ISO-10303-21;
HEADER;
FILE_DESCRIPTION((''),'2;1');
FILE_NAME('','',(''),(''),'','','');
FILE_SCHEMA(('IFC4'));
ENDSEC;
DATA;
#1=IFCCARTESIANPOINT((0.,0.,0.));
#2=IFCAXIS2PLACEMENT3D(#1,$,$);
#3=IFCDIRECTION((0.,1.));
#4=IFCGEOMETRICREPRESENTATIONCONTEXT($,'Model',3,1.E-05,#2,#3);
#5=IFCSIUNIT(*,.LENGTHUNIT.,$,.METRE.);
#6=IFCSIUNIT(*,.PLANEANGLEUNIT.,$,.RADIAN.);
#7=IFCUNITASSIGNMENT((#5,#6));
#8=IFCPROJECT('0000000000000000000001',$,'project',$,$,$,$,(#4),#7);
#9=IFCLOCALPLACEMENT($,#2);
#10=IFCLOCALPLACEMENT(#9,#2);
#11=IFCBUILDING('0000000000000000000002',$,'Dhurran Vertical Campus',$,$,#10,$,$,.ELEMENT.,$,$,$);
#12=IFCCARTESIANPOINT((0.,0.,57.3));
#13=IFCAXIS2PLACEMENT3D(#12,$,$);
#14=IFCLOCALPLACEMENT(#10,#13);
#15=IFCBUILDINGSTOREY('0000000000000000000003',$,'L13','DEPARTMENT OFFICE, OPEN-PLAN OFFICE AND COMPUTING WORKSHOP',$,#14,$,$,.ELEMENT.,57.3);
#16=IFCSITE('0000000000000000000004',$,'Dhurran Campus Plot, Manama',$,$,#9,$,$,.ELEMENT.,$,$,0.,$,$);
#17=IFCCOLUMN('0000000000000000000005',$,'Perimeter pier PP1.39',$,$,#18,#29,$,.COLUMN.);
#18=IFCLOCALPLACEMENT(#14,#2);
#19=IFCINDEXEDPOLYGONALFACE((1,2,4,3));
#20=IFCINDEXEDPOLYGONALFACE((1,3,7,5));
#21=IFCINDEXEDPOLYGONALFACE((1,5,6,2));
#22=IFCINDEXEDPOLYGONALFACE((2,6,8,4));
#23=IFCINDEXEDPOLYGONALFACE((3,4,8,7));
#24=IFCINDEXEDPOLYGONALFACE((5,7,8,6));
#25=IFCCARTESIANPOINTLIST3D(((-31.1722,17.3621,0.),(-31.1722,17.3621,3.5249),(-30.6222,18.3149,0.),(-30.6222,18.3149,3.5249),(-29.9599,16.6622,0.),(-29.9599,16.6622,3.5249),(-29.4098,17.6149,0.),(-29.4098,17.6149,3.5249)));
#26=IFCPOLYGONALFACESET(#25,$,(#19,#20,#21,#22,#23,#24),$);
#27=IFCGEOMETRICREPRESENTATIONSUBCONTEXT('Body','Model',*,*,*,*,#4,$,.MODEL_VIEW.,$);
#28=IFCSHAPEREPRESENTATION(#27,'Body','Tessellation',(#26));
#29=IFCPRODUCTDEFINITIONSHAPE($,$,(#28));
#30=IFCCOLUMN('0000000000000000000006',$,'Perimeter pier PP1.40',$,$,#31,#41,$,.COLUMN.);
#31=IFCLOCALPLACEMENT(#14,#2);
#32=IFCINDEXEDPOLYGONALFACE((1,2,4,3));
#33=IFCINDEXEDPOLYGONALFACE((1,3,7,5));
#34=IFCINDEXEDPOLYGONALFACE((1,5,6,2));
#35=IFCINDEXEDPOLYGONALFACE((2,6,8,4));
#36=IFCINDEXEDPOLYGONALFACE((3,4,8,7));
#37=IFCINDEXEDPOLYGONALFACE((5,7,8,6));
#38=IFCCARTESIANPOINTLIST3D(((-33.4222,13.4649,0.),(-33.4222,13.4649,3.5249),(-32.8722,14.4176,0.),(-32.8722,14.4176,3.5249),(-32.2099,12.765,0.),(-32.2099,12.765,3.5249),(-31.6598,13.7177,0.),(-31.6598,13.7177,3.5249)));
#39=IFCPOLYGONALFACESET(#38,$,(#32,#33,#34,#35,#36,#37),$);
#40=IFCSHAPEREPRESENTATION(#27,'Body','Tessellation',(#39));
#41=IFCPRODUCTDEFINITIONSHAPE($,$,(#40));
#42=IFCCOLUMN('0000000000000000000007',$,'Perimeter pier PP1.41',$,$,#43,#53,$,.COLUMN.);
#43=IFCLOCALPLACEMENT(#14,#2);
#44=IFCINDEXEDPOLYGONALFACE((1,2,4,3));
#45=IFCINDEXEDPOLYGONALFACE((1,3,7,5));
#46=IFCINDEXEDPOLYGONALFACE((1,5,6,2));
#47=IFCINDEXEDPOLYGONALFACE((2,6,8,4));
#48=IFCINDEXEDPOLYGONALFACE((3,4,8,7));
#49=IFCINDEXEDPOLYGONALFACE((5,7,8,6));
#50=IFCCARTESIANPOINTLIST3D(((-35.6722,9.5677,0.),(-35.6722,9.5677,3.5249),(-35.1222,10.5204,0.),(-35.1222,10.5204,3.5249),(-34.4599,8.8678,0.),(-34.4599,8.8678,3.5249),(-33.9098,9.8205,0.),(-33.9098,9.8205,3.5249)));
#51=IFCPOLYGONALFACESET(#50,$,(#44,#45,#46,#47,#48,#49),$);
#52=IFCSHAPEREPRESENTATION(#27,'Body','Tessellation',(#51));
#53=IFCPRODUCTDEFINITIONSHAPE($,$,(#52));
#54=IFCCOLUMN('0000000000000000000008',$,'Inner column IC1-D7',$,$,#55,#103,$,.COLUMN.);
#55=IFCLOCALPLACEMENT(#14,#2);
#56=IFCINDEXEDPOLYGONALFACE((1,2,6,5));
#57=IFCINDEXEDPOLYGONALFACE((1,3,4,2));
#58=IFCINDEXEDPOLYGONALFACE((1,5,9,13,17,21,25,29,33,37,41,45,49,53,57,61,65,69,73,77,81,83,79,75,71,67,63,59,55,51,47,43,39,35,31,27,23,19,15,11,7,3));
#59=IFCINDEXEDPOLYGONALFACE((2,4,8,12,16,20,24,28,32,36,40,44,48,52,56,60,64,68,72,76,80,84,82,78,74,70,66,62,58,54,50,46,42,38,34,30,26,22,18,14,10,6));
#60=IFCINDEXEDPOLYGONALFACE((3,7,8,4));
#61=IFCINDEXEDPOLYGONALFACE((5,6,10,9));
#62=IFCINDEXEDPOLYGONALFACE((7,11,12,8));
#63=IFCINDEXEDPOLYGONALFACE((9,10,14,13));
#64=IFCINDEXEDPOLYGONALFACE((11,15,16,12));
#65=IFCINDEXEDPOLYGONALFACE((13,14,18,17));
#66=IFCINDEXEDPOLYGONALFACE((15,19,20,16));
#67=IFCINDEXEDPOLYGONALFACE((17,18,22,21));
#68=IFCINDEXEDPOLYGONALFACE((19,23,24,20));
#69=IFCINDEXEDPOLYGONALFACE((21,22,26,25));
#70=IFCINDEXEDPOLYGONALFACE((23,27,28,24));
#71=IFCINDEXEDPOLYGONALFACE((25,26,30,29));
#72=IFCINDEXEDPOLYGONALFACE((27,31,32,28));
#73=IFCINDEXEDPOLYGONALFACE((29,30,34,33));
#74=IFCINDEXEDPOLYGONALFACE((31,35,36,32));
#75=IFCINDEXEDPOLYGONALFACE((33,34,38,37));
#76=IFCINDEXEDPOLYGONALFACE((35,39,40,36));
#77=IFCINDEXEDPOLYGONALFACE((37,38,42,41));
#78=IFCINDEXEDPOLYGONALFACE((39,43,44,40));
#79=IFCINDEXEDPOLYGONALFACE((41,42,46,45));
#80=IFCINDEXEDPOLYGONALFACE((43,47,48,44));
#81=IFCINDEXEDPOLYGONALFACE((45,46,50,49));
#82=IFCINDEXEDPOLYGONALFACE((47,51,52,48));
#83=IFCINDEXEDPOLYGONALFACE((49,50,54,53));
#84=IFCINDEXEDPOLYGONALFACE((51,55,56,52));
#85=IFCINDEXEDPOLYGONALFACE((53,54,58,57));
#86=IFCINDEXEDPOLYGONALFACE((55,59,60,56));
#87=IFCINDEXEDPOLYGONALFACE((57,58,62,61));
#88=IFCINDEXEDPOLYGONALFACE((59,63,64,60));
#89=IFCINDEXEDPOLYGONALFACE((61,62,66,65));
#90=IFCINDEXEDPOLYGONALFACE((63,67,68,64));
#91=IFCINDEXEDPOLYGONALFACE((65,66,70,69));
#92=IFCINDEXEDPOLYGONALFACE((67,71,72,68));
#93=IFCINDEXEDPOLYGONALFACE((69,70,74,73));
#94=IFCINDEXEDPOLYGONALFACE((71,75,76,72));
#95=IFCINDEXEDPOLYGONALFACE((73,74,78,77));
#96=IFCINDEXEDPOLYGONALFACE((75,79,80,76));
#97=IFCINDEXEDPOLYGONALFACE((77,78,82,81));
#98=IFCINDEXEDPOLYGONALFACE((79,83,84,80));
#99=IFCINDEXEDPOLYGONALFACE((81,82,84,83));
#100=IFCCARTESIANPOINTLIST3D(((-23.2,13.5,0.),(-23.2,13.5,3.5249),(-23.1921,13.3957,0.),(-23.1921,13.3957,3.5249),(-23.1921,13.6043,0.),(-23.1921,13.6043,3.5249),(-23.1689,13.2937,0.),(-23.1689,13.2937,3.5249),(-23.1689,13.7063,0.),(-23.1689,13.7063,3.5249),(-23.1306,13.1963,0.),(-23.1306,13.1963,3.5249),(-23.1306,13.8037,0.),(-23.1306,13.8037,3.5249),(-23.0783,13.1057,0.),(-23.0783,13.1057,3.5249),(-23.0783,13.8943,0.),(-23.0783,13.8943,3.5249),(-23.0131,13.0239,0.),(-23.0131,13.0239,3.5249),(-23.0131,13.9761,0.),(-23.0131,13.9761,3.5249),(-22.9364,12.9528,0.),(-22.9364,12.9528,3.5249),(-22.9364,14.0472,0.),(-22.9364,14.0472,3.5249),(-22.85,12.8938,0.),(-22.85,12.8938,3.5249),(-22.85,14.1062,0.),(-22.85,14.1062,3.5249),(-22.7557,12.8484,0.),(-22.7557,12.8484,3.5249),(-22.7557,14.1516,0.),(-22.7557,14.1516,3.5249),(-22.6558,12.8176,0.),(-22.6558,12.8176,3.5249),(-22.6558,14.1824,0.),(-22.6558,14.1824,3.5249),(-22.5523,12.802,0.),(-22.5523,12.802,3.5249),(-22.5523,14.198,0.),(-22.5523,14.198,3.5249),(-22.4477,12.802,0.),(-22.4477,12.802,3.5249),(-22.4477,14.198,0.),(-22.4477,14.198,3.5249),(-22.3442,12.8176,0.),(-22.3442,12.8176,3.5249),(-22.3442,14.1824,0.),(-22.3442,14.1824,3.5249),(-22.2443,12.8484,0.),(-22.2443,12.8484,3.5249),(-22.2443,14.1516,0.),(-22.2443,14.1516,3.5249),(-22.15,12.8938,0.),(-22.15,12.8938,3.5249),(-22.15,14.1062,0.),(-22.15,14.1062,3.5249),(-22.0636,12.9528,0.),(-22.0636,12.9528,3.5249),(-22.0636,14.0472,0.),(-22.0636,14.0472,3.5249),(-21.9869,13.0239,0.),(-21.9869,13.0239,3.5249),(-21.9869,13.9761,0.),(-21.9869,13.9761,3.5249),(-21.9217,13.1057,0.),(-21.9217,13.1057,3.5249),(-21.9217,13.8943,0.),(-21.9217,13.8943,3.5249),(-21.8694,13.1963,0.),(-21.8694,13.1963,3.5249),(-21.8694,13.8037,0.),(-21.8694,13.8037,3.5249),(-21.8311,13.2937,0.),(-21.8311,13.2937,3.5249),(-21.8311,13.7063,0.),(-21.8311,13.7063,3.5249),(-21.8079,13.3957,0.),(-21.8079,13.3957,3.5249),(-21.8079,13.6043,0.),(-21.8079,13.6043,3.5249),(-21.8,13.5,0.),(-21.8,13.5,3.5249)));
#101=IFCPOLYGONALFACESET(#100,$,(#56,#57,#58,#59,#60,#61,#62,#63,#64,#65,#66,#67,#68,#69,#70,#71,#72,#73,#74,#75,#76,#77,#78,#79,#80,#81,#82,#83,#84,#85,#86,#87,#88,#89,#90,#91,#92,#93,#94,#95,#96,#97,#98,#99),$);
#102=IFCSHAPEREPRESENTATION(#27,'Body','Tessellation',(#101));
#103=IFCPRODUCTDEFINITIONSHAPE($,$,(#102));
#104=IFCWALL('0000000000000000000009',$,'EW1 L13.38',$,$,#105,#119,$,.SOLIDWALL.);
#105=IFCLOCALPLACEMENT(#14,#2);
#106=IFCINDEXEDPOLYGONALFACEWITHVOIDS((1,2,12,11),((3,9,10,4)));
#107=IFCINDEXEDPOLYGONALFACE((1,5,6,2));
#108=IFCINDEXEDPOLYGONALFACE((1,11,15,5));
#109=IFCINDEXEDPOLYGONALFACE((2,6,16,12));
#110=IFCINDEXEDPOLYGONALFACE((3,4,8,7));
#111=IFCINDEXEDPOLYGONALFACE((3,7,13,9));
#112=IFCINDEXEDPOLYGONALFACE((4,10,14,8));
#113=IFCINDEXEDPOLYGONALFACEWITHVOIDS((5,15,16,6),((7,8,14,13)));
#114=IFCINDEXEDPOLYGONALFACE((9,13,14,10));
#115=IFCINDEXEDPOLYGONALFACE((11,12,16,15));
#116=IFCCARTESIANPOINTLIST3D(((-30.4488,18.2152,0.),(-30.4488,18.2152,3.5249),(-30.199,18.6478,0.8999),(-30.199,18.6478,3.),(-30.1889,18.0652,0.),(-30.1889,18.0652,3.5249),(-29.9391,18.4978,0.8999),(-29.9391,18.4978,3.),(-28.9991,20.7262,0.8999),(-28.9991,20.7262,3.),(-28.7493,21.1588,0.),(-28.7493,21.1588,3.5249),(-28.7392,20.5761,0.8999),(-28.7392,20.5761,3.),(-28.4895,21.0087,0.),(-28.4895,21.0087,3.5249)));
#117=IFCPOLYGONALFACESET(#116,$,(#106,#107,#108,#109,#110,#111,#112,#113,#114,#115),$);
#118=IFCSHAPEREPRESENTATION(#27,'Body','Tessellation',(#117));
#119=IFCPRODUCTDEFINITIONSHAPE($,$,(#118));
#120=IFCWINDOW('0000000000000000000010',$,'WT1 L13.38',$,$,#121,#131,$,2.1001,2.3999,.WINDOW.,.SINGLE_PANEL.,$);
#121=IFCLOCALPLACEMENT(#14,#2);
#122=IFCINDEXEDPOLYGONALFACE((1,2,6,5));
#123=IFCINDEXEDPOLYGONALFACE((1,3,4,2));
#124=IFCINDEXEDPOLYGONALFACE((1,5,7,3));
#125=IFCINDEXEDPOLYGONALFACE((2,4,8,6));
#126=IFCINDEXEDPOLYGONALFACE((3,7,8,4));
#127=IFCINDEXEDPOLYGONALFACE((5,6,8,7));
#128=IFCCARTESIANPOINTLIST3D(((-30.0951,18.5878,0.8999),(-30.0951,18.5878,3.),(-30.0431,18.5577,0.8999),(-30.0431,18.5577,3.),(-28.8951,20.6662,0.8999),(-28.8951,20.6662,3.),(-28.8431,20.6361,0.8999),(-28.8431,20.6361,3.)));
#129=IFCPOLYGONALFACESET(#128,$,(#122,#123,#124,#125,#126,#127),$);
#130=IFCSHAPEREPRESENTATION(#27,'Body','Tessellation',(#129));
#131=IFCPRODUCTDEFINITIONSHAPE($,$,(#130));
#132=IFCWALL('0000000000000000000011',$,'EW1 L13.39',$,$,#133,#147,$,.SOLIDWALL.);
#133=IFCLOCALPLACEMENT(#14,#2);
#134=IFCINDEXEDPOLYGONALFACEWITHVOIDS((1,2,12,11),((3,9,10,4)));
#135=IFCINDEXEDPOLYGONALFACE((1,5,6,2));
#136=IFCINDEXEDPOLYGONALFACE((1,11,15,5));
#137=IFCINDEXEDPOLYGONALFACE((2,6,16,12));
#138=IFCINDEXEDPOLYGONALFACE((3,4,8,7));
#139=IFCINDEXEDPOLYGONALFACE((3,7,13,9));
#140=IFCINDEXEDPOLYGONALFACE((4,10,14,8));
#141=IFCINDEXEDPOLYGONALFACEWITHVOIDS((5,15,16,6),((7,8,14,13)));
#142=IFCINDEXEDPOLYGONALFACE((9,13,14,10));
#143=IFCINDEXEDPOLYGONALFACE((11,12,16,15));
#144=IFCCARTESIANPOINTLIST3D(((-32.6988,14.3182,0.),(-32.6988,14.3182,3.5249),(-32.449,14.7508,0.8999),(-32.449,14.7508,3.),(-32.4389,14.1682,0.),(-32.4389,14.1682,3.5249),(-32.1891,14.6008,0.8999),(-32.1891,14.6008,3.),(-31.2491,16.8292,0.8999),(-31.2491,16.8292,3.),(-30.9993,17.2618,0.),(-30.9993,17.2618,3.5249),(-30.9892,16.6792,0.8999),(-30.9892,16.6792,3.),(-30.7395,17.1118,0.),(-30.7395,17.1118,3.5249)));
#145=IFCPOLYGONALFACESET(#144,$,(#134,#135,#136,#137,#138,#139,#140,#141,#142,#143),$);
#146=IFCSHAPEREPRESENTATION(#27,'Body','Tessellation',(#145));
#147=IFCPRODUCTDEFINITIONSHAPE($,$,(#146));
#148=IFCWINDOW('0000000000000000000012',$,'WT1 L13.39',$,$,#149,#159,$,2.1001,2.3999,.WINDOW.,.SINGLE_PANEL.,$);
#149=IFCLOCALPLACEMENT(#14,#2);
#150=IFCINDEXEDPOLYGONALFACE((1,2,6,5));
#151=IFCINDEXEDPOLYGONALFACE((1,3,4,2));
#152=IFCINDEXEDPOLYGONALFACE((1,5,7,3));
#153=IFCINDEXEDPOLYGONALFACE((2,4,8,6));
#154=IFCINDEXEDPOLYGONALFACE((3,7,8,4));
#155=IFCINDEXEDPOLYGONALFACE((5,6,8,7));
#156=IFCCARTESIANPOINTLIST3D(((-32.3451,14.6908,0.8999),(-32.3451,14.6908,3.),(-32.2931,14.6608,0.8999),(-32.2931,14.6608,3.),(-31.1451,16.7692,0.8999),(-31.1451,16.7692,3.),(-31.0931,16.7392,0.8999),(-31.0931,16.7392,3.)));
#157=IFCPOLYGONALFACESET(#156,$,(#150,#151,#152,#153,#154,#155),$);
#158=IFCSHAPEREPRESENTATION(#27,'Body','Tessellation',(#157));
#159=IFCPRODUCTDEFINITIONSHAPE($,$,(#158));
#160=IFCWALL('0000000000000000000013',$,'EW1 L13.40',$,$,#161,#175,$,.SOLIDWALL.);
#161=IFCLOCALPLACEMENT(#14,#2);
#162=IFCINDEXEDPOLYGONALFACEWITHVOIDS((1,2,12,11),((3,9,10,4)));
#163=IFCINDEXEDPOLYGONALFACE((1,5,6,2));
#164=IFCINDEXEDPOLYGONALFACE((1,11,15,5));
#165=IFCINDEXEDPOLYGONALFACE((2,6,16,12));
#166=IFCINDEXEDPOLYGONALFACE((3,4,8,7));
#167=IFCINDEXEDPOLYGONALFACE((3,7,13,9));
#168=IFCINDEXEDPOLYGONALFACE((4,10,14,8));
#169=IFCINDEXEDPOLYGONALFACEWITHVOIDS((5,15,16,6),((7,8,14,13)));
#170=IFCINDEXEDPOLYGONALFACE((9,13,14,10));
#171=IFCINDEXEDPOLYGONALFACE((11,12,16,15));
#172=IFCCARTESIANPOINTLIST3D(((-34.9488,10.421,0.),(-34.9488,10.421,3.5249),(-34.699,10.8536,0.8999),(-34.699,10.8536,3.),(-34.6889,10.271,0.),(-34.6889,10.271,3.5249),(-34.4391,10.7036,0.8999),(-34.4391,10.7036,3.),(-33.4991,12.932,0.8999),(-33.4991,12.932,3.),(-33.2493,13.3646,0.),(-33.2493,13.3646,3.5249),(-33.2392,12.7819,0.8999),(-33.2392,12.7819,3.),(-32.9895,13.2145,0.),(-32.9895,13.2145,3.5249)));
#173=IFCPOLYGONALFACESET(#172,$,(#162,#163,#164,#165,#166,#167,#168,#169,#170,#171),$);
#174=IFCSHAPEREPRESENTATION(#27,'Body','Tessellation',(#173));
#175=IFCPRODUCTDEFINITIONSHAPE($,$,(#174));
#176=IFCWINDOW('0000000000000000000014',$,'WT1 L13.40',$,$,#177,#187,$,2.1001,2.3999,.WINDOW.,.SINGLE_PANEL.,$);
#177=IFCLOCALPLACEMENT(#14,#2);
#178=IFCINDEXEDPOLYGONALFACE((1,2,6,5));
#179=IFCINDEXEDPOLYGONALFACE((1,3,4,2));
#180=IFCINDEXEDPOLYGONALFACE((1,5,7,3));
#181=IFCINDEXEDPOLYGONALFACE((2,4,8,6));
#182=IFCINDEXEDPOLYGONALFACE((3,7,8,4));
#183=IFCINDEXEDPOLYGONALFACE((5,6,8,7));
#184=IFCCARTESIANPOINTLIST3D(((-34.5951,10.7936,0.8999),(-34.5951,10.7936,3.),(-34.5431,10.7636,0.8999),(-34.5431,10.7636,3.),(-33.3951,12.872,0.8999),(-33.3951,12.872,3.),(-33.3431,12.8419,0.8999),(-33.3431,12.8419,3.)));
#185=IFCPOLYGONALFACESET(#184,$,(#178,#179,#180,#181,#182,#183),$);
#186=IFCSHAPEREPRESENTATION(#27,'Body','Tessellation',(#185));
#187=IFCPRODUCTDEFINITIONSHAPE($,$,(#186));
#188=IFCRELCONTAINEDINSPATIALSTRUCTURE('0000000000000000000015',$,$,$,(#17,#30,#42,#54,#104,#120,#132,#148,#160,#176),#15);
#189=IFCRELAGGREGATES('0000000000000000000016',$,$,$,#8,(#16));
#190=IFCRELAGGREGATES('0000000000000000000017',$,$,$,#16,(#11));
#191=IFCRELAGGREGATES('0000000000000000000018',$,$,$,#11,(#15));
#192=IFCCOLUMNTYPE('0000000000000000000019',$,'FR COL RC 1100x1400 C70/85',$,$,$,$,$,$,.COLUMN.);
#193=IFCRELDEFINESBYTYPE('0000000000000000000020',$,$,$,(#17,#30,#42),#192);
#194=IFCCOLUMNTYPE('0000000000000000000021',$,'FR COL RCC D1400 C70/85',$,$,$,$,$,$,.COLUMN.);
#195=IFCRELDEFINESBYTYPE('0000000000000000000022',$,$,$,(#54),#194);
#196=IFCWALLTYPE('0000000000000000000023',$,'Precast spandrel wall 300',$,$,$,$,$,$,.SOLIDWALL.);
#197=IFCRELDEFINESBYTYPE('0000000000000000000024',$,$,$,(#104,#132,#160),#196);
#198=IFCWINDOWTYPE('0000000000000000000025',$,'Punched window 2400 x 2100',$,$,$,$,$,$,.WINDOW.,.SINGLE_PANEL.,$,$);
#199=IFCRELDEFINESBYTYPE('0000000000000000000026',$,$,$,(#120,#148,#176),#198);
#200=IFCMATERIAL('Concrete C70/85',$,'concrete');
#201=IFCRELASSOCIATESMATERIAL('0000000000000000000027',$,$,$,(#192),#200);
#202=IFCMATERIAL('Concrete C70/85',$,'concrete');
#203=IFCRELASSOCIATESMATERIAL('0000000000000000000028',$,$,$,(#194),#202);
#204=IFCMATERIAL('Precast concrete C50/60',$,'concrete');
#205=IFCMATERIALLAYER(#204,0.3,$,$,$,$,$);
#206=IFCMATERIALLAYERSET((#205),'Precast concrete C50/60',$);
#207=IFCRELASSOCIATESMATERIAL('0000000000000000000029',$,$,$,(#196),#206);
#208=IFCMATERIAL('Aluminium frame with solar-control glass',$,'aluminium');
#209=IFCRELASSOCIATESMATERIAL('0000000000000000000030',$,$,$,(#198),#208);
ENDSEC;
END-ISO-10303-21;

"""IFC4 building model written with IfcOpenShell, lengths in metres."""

from ifc_helpers import new_model, si_unit, direction, frame, frame_2d, origin, origin_2d, place, context, subcontext, project, spatial, rectangle, circle, extrude, material, layer, layer_set, material_profile, profile_set, type_object, element, fill, save


model = new_model("IFC4")

# Units and contexts
model_context = context("Model", 3, precision=1e-05, world=origin(), true_north=direction((0.0, 1.0)))
body_context = subcontext(model_context, "Body", "Model", "MODEL_VIEW")
ifc_project = project(units=[si_unit("LENGTHUNIT", "METRE"), si_unit("PLANEANGLEUNIT", "RADIAN")], contexts=[model_context])

# Site, building, storey
site_placement = place(None, origin())
site = spatial("IfcSite", under=ifc_project, at=site_placement, Name="Dhurran Campus Plot, Manama", CompositionType="ELEMENT", RefElevation=0.0)
building_placement = place(site_placement, origin())
building = spatial("IfcBuilding", under=site, at=building_placement, Name="Dhurran Vertical Campus", CompositionType="ELEMENT")
storey_placement = place(building_placement, frame((0.0, 0.0, 57.3)))
storey = spatial("IfcBuildingStorey", under=building, at=storey_placement, Name="L13", Description="DEPARTMENT OFFICE, OPEN-PLAN OFFICE AND COMPUTING WORKSHOP", CompositionType="ELEMENT", Elevation=57.3)

# Columns
ifc_material_1 = material(Name="Concrete C70/85", Category="concrete")
ifc_material_profile_1 = material_profile(ifc_material_1, rectangle(XDim=1.1001, YDim=1.3999, at=origin_2d()), Name="RC 1100x1400")
ifc_profile_set_1 = profile_set([ifc_material_profile_1], Name="Concrete C70/85")
column_type_1 = type_object("IfcColumnType", Name="FR COL RC 1100x1400 C70/85", PredefinedType="COLUMN", material=ifc_profile_set_1)
for number, where, z_axis, x_axis, name in (
    (1, (-30.291, 17.4885, 0.0), (0.0, 0.0, 1.0), (-0.5, -0.866025, 0.0), "Perimeter pier PP1.39"),
    (2, (-32.541, 13.5913, 0.0), (0.0, 0.0, 1.0), (-0.5, -0.866025, 0.0), "Perimeter pier PP1.40"),
    (3, (-34.791, 9.6941, 0.0), (0.0, 0.0, 1.0), (-0.5, -0.866025, 0.0), "Perimeter pier PP1.41"),
):
    element("IfcColumn", number, at=place(storey_placement, frame(where, z_axis=z_axis, x_axis=x_axis)), inside=storey, type_object=column_type_1, Name=name, PredefinedType="COLUMN", context=body_context, shape_type="SweptSolid", body=[
        extrude(rectangle(XDim=1.1001, YDim=1.3999, at=origin_2d()), origin(), (0.0, 0.0, 1.0), 3.5249),
    ])
ifc_material_2 = material(Name="Concrete C70/85", Category="concrete")
ifc_material_profile_2 = material_profile(ifc_material_2, circle(Radius=0.7, at=origin_2d()), Name="RCC D1400")
ifc_profile_set_2 = profile_set([ifc_material_profile_2], Name="Concrete C70/85")
column_type_2 = type_object("IfcColumnType", Name="FR COL RCC D1400 C70/85", PredefinedType="COLUMN", material=ifc_profile_set_2)
column_placement = place(storey_placement, frame((-22.5, 13.5, 0.0), z_axis=(0.0, 0.0, 1.0), x_axis=(1.0, 0.0, 0.0)))
element("IfcColumn", 4, at=column_placement, inside=storey, type_object=column_type_2, Name="Inner column IC1-D7", PredefinedType="COLUMN", context=body_context, shape_type="SweptSolid", body=[
    extrude(circle(Radius=0.7, at=origin_2d()), origin(), (0.0, 0.0, 1.0), 3.5249),
])

# Walls, openings, windows
ifc_material_3 = material(Name="Precast concrete C50/60", Category="concrete")
ifc_layer_1 = layer(ifc_material_3, 0.3)
ifc_layer_set_1 = layer_set([ifc_layer_1], Name="Precast concrete C50/60")
wall_type_1 = type_object("IfcWallType", Name="Precast spandrel wall 300", PredefinedType="SOLIDWALL", material=ifc_layer_set_1)
wall_1_placement = place(storey_placement, frame((-28.6194, 21.0837, 0.0), z_axis=(0.0, 0.0, 1.0), x_axis=(-0.499994, -0.866029, 0.0)))
wall_1 = element("IfcWall", 5, at=wall_1_placement, inside=storey, type_object=wall_type_1, Name="EW1 L13.38", PredefinedType="SOLIDWALL", context=body_context, shape_type="SweptSolid", body=[
    extrude(rectangle(XDim=3.3989, YDim=0.3, at=frame_2d((1.6995, 0.0))), origin(), (0.0, 0.0, 1.0), 3.5249),
])
opening_1_placement = place(wall_1_placement, frame((0.4995, 0.0, 0.8999)))
opening_1 = element("IfcOpeningElement", 6, at=opening_1_placement, cuts=wall_1, PredefinedType="OPENING", context=body_context, shape_type="SweptSolid", body=[
    extrude(rectangle(XDim=2.3999, YDim=2.1001, at=frame_2d((1.2, 1.05))), frame((0.0, 0.1599, 0.0), z_axis=(0.0, -1.0, 0.0), x_axis=(1.0, 0.0, 0.0)), (0.0, 0.0, 1.0), 0.3201),
])
ifc_material_4 = material(Name="Aluminium frame with solar-control glass", Category="aluminium")
window_type = type_object("IfcWindowType", Name="Punched window 2400 x 2100", PartitioningType="SINGLE_PANEL", PredefinedType="WINDOW", material=ifc_material_4)
window_1_placement = place(opening_1_placement, origin())
window_1 = element("IfcWindow", 7, at=window_1_placement, inside=storey, type_object=window_type, Name="WT1 L13.38", OverallHeight=2.1001, OverallWidth=2.3999, PartitioningType="SINGLE_PANEL", PredefinedType="WINDOW", context=body_context, shape_type="SweptSolid", body=[
    extrude(rectangle(XDim=2.3999, YDim=2.1001, at=frame_2d((1.2, 1.05))), frame((0.0, 0.03, 0.0), z_axis=(0.0, -1.0, 0.0), x_axis=(1.0, 0.0, 0.0)), (0.0, 0.0, 1.0), 0.0601),
])
fill(opening_1, window_1)
wall_2_placement = place(storey_placement, frame((-30.8694, 17.1868, 0.0), z_axis=(0.0, 0.0, 1.0), x_axis=(-0.499994, -0.866029, 0.0)))
wall_2 = element("IfcWall", 8, at=wall_2_placement, inside=storey, type_object=wall_type_1, Name="EW1 L13.39", PredefinedType="SOLIDWALL", context=body_context, shape_type="SweptSolid", body=[
    extrude(rectangle(XDim=3.3989, YDim=0.3, at=frame_2d((1.6995, 0.0))), origin(), (0.0, 0.0, 1.0), 3.5249),
])
opening_2_placement = place(wall_2_placement, frame((0.4995, 0.0, 0.8999)))
opening_2 = element("IfcOpeningElement", 9, at=opening_2_placement, cuts=wall_2, PredefinedType="OPENING", context=body_context, shape_type="SweptSolid", body=[
    extrude(rectangle(XDim=2.3999, YDim=2.1001, at=frame_2d((1.2, 1.05))), frame((0.0, 0.1599, 0.0), z_axis=(0.0, -1.0, 0.0), x_axis=(1.0, 0.0, 0.0)), (0.0, 0.0, 1.0), 0.3201),
])
window_2_placement = place(opening_2_placement, origin())
window_2 = element("IfcWindow", 10, at=window_2_placement, inside=storey, type_object=window_type, Name="WT1 L13.39", OverallHeight=2.1001, OverallWidth=2.3999, PartitioningType="SINGLE_PANEL", PredefinedType="WINDOW", context=body_context, shape_type="SweptSolid", body=[
    extrude(rectangle(XDim=2.3999, YDim=2.1001, at=frame_2d((1.2, 1.05))), frame((0.0, 0.03, 0.0), z_axis=(0.0, -1.0, 0.0), x_axis=(1.0, 0.0, 0.0)), (0.0, 0.0, 1.0), 0.0601),
])
fill(opening_2, window_2)
wall_3_placement = place(storey_placement, frame((-33.1194, 13.2896, 0.0), z_axis=(0.0, 0.0, 1.0), x_axis=(-0.499994, -0.866029, 0.0)))
wall_3 = element("IfcWall", 11, at=wall_3_placement, inside=storey, type_object=wall_type_1, Name="EW1 L13.40", PredefinedType="SOLIDWALL", context=body_context, shape_type="SweptSolid", body=[
    extrude(rectangle(XDim=3.3989, YDim=0.3, at=frame_2d((1.6995, 0.0))), origin(), (0.0, 0.0, 1.0), 3.5249),
])
opening_3_placement = place(wall_3_placement, frame((0.4995, 0.0, 0.8999)))
opening_3 = element("IfcOpeningElement", 12, at=opening_3_placement, cuts=wall_3, PredefinedType="OPENING", context=body_context, shape_type="SweptSolid", body=[
    extrude(rectangle(XDim=2.3999, YDim=2.1001, at=frame_2d((1.2, 1.05))), frame((0.0, 0.1599, 0.0), z_axis=(0.0, -1.0, 0.0), x_axis=(1.0, 0.0, 0.0)), (0.0, 0.0, 1.0), 0.3201),
])
window_3_placement = place(opening_3_placement, origin())
window_3 = element("IfcWindow", 13, at=window_3_placement, inside=storey, type_object=window_type, Name="WT1 L13.40", OverallHeight=2.1001, OverallWidth=2.3999, PartitioningType="SINGLE_PANEL", PredefinedType="WINDOW", context=body_context, shape_type="SweptSolid", body=[
    extrude(rectangle(XDim=2.3999, YDim=2.1001, at=frame_2d((1.2, 1.05))), frame((0.0, 0.03, 0.0), z_axis=(0.0, -1.0, 0.0), x_axis=(1.0, 0.0, 0.0)), (0.0, 0.0, 1.0), 0.0601),
])
fill(opening_3, window_3)

save(model, "model.ifc")
